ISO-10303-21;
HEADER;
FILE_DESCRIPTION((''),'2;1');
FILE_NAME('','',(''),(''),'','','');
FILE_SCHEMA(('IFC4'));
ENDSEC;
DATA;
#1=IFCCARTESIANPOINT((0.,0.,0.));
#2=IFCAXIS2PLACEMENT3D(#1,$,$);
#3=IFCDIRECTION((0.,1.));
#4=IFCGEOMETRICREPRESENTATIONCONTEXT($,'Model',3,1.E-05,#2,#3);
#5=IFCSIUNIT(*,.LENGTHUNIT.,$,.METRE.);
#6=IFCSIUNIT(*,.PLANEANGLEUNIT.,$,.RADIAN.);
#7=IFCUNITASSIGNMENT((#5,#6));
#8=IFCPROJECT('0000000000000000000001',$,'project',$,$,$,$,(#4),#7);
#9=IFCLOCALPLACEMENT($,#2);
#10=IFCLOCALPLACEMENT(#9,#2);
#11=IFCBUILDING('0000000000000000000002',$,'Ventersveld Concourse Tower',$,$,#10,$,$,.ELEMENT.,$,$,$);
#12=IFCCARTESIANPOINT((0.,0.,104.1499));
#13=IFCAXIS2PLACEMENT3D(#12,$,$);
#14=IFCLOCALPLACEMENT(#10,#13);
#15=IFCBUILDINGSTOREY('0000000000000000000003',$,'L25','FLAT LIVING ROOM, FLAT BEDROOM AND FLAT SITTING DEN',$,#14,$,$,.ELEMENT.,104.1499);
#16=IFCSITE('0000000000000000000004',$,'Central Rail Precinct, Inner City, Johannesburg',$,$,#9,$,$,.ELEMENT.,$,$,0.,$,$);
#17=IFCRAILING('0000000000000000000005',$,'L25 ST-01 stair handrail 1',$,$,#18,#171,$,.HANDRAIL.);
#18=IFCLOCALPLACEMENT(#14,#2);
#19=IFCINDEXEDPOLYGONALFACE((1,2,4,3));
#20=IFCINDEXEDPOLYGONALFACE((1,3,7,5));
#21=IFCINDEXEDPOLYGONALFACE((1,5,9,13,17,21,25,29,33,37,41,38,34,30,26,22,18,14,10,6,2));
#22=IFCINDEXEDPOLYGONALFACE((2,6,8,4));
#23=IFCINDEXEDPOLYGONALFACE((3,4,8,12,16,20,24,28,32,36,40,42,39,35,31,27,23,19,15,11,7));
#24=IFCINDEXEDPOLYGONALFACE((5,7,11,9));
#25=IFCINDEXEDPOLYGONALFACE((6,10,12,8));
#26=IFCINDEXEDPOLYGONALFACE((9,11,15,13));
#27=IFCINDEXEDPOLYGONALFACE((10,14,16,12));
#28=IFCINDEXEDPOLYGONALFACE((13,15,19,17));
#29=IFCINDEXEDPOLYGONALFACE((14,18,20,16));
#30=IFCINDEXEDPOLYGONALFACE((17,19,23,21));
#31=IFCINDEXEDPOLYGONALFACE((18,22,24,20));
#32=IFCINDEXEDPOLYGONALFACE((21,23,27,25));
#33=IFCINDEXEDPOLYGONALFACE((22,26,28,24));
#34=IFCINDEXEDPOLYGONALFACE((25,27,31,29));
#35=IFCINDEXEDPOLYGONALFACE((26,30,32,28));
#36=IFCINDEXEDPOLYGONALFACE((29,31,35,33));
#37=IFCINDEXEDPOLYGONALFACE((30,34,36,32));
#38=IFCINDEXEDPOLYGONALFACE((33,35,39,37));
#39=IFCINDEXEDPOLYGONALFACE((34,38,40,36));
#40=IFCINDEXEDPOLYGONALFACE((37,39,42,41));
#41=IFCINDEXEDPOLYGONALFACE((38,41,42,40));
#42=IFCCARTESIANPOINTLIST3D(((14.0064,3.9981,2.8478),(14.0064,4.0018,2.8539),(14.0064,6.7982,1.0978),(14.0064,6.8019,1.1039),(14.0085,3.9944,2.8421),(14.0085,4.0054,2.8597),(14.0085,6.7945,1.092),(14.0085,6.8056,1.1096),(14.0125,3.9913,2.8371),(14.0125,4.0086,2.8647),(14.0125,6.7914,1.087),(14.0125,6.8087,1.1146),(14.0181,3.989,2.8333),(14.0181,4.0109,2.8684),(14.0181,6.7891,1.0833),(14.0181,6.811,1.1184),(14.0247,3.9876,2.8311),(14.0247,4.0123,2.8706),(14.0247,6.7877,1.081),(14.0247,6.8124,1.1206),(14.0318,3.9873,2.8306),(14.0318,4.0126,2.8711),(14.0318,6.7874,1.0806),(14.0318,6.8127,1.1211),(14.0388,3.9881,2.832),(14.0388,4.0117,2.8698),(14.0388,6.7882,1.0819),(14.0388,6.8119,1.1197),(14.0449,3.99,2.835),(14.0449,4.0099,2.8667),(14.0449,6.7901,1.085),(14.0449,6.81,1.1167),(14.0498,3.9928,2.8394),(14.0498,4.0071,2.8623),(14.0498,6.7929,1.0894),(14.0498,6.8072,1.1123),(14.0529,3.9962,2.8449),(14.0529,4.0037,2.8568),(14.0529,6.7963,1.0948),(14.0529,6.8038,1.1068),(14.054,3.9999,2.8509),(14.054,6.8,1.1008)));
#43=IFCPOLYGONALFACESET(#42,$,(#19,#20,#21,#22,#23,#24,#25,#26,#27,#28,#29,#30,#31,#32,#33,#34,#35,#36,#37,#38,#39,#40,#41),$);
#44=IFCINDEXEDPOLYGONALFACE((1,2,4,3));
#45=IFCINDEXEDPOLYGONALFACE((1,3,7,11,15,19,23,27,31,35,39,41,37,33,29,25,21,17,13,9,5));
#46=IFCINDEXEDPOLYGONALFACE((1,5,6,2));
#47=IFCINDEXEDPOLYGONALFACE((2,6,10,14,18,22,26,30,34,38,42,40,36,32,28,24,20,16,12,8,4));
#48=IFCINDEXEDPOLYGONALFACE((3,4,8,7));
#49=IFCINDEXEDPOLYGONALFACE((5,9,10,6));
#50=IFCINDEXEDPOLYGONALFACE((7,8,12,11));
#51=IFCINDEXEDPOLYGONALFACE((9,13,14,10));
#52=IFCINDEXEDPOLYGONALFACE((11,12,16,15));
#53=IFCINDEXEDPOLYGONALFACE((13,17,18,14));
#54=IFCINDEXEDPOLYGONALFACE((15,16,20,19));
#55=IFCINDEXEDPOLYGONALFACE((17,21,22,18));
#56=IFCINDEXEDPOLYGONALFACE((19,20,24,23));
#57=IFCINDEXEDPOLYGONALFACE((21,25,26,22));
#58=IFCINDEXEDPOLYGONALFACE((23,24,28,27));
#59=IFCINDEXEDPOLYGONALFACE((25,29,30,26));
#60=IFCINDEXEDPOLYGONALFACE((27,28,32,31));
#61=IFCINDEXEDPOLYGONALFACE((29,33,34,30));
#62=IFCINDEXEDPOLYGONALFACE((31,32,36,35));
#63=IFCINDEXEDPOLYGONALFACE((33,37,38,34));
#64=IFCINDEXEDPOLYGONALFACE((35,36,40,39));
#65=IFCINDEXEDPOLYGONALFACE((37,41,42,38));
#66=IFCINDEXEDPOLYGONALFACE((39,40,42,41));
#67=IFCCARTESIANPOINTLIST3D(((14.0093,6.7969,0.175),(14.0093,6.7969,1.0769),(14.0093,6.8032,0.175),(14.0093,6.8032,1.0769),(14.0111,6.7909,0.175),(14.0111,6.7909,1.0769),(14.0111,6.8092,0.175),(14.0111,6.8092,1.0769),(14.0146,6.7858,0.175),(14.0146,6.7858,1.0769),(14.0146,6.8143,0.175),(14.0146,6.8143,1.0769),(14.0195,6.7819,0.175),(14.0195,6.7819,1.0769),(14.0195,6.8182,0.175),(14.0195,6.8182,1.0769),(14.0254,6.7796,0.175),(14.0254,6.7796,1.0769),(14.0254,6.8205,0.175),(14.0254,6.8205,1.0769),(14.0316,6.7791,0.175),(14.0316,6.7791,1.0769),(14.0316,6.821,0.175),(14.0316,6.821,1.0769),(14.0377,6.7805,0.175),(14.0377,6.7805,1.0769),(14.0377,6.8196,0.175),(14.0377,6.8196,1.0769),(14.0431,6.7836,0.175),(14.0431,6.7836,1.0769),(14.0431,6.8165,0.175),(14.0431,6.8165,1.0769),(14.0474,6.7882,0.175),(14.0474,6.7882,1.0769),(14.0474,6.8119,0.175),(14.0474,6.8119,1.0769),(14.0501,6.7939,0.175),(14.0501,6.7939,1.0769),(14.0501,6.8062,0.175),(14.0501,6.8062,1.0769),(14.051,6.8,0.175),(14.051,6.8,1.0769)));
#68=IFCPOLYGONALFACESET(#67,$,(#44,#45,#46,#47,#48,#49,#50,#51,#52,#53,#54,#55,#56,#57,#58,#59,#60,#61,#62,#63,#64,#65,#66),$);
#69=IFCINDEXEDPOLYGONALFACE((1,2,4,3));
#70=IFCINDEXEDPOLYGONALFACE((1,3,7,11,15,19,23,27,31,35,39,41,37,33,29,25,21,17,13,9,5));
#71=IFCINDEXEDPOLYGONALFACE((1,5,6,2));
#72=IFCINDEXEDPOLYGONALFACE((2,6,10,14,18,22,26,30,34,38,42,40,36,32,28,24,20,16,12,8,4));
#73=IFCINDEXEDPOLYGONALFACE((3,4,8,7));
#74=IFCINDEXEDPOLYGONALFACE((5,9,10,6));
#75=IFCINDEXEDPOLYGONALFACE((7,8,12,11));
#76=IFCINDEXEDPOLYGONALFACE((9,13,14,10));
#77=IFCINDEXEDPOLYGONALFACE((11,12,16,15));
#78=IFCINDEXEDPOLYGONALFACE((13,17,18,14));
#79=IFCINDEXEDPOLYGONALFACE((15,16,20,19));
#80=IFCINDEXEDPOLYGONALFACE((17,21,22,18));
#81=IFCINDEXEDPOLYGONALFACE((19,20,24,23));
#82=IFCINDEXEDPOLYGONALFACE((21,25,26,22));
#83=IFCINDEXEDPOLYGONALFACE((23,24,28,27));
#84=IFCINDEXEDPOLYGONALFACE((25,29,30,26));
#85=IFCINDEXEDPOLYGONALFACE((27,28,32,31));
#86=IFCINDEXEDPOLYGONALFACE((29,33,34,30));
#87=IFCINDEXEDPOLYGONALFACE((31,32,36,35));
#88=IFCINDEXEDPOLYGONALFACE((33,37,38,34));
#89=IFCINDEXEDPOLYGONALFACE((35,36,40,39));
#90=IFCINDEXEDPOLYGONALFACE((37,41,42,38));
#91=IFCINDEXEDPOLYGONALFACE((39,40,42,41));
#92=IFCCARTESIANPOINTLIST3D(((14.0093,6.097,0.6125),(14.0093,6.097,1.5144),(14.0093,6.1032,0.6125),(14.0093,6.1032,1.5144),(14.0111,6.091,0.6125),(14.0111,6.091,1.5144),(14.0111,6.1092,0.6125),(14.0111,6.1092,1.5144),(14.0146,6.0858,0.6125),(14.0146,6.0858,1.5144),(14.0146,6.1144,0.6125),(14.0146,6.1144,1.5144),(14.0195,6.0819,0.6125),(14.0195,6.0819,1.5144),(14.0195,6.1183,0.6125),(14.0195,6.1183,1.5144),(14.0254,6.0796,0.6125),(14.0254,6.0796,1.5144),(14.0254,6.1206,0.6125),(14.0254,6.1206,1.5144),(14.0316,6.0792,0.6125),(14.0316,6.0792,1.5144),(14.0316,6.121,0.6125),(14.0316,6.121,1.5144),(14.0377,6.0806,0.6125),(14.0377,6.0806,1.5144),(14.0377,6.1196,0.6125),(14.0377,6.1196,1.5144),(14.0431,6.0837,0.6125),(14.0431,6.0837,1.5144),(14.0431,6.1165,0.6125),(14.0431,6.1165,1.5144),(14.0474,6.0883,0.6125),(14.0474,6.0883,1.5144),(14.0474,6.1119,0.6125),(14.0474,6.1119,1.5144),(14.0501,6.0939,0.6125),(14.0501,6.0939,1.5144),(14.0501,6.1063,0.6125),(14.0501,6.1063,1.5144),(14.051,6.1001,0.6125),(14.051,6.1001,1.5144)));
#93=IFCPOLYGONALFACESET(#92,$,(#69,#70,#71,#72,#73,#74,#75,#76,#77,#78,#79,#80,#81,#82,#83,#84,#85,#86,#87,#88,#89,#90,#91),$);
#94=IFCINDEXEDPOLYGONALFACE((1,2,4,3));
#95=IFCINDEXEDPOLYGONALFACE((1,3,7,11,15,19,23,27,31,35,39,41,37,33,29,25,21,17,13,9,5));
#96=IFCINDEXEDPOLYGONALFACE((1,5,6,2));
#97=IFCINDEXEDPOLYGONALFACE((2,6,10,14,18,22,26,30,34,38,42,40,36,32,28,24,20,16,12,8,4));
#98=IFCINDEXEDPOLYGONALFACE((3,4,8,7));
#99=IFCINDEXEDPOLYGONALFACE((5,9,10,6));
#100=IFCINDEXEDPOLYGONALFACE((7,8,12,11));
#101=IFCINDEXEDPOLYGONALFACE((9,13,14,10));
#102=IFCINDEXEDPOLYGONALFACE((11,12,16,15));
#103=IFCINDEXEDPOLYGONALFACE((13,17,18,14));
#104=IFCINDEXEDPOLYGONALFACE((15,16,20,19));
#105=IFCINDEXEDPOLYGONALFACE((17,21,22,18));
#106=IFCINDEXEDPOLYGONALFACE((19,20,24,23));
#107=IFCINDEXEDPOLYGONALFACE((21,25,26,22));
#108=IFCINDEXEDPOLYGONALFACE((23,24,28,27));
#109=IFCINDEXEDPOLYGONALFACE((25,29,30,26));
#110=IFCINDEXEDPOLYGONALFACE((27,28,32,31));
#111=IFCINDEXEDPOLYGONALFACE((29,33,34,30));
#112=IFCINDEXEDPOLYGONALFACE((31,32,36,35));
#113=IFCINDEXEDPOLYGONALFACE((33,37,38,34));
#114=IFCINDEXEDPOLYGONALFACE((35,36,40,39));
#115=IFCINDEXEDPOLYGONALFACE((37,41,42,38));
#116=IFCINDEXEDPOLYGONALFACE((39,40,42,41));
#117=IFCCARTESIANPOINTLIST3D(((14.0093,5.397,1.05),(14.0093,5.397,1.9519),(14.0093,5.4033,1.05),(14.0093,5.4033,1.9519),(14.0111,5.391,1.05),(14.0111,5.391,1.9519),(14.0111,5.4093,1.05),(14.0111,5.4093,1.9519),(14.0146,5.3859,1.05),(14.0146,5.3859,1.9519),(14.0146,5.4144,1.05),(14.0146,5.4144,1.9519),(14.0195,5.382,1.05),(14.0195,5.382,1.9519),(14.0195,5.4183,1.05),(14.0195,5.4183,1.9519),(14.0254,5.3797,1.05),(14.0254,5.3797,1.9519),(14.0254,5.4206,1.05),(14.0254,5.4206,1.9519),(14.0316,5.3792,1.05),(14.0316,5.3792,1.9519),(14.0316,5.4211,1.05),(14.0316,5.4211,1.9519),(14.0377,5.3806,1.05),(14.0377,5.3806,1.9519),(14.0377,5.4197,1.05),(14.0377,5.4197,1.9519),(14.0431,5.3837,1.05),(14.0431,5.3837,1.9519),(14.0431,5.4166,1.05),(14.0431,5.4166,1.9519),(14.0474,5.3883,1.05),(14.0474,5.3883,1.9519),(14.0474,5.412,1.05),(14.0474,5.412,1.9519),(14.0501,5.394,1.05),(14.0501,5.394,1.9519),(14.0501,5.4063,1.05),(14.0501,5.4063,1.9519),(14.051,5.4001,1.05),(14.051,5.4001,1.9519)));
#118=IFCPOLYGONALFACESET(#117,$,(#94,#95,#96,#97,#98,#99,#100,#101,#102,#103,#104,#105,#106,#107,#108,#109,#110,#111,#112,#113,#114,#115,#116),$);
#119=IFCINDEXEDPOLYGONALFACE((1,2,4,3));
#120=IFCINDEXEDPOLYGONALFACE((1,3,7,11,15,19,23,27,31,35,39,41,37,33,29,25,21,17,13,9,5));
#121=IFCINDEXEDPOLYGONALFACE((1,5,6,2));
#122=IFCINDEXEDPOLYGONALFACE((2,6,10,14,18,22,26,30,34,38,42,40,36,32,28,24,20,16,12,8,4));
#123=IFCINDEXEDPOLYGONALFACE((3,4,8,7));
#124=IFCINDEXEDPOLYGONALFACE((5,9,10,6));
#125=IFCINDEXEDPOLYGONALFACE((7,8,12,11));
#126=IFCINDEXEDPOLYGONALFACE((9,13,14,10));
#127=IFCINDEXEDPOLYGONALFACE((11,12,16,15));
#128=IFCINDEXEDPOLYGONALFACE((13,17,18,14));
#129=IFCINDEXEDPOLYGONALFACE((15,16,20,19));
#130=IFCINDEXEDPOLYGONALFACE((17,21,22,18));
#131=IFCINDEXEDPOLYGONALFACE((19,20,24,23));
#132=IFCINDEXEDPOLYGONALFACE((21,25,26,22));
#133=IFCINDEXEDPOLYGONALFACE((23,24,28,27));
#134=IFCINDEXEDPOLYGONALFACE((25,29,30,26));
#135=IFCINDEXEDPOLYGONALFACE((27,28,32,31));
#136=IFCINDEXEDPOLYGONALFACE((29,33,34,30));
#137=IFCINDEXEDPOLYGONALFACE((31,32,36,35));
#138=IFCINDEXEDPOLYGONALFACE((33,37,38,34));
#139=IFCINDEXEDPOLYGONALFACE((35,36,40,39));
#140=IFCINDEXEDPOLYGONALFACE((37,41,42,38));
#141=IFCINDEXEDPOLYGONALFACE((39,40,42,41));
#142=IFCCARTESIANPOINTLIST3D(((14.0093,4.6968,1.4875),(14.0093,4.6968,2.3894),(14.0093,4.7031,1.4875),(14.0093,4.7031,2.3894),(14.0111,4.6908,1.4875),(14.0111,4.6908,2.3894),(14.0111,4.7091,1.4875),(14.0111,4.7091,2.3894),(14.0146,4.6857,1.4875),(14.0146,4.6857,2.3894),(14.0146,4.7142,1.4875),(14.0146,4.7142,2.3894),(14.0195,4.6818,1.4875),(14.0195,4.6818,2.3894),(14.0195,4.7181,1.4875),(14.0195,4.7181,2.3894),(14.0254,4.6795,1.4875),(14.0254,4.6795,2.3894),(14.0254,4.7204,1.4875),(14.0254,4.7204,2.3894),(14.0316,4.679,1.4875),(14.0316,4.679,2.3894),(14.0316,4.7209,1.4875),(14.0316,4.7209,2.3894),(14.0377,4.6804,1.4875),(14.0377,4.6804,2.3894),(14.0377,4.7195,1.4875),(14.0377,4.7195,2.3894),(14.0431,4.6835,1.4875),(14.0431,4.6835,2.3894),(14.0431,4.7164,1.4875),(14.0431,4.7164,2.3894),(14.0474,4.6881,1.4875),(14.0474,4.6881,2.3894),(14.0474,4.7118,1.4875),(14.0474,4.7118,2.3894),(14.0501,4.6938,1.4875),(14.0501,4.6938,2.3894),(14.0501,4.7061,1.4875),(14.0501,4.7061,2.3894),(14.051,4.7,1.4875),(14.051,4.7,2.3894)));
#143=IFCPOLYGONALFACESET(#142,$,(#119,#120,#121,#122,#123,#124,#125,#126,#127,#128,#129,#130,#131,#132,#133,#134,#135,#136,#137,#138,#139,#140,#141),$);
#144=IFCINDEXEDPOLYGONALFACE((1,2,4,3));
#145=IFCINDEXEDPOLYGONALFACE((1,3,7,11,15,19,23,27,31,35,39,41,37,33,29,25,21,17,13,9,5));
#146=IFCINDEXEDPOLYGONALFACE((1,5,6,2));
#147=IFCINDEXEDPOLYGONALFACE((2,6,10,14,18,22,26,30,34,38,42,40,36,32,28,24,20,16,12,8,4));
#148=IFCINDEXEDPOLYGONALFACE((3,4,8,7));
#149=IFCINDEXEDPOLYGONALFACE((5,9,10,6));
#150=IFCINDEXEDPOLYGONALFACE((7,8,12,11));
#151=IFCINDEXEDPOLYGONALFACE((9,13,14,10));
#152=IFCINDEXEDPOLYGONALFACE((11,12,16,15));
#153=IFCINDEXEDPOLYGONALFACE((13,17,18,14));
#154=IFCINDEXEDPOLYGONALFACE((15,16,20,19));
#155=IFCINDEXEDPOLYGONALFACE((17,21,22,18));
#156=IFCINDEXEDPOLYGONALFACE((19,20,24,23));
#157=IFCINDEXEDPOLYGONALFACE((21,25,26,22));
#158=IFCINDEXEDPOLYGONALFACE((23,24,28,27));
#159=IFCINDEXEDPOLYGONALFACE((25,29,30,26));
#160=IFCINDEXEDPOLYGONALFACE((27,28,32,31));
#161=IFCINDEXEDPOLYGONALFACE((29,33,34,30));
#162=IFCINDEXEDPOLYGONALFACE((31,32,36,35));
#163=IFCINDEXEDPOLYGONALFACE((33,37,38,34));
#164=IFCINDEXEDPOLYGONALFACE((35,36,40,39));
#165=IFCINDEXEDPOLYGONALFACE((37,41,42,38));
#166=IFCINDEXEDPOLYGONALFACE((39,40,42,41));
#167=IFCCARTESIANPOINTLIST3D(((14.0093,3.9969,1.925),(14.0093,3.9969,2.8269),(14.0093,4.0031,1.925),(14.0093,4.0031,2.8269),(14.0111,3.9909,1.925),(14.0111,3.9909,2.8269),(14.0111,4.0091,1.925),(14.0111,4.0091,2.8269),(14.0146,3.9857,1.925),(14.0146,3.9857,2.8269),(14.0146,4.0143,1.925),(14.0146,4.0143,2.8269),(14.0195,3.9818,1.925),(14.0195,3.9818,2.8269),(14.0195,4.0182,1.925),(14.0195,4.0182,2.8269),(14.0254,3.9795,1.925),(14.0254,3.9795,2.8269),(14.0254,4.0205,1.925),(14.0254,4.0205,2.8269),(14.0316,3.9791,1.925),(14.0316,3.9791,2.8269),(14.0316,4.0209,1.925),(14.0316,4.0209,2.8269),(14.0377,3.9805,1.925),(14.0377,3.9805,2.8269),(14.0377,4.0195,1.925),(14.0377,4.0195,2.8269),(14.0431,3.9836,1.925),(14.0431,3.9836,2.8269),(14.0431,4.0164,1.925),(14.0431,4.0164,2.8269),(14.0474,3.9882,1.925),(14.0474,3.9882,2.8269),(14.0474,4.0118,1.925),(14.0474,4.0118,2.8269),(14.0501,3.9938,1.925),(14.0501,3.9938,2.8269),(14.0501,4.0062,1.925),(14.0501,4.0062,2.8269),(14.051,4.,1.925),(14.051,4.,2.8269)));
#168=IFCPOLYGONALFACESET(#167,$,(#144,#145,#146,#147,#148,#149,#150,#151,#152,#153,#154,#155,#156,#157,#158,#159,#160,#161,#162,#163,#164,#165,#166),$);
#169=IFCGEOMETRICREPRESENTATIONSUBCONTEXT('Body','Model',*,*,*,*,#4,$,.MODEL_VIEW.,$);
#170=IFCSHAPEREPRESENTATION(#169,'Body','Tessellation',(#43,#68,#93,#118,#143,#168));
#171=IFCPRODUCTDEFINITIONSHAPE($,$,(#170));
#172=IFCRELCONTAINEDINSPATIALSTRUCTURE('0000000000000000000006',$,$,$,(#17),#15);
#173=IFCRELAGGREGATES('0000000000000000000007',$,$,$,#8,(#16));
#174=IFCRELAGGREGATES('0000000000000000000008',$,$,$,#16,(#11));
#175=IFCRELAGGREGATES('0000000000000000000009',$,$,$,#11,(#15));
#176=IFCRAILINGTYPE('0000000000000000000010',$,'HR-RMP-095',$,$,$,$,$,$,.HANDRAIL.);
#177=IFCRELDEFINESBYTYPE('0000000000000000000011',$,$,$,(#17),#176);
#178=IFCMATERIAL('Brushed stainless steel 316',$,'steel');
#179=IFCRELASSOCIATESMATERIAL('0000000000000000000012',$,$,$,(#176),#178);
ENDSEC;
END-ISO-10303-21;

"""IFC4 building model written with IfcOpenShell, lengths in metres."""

from ifc_helpers import new_model, si_unit, direction, frame, origin, origin_2d, place, context, subcontext, project, spatial, circle, extrude, material, type_object, element, save


model = new_model("IFC4")

# Units and contexts
model_context = context("Model", 3, precision=1e-05, world=origin(), true_north=direction((0.0, 1.0)))
body_context = subcontext(model_context, "Body", "Model", "MODEL_VIEW")
ifc_project = project(units=[si_unit("LENGTHUNIT", "METRE"), si_unit("PLANEANGLEUNIT", "RADIAN")], contexts=[model_context])

# Site, building, storey
site_placement = place(None, origin())
site = spatial("IfcSite", under=ifc_project, at=site_placement, Name="Central Rail Precinct, Inner City, Johannesburg", CompositionType="ELEMENT", RefElevation=0.0)
building_placement = place(site_placement, origin())
building = spatial("IfcBuilding", under=site, at=building_placement, Name="Ventersveld Concourse Tower", CompositionType="ELEMENT")
storey_placement = place(building_placement, frame((0.0, 0.0, 104.1499)))
storey = spatial("IfcBuildingStorey", under=building, at=storey_placement, Name="L25", Description="FLAT LIVING ROOM, FLAT BEDROOM AND FLAT SITTING DEN", CompositionType="ELEMENT", Elevation=104.1499)

# Railing
ifc_material_1 = material(Name="Brushed stainless steel 316", Category="steel")
railing_type_1 = type_object("IfcRailingType", Name="HR-RMP-095", PredefinedType="HANDRAIL", material=ifc_material_1)
railing_1_placement = place(storey_placement, frame((14.03, 6.8, 0.175)))
element("IfcRailing", 1, at=railing_1_placement, inside=storey, type_object=railing_type_1, Name="L25 ST-01 stair handrail 1", PredefinedType="HANDRAIL", context=body_context, shape_type="SweptSolid", body=[
    extrude(circle(Radius=0.0239, at=origin_2d()), frame((0.0, 0.0, 0.9258), z_axis=(0.0, -0.848002, 0.529992), x_axis=(1.0, 0.0, 0.0)), (0.0, 0.0, 1.0), 3.302),
    extrude(circle(Radius=0.021, at=origin_2d()), origin(), (0.0, 0.0, 1.0), 0.9019),
    extrude(circle(Radius=0.021, at=origin_2d()), frame((0.0, -0.7, 0.4375)), (0.0, 0.0, 1.0), 0.9019),
    extrude(circle(Radius=0.021, at=origin_2d()), frame((0.0, -1.3999, 0.875)), (0.0, 0.0, 1.0), 0.9019),
    extrude(circle(Radius=0.021, at=origin_2d()), frame((0.0, -2.1001, 1.3125)), (0.0, 0.0, 1.0), 0.9019),
    extrude(circle(Radius=0.021, at=origin_2d()), frame((0.0, -2.8, 1.75)), (0.0, 0.0, 1.0), 0.9019),
])

save(model, "model.ifc")
